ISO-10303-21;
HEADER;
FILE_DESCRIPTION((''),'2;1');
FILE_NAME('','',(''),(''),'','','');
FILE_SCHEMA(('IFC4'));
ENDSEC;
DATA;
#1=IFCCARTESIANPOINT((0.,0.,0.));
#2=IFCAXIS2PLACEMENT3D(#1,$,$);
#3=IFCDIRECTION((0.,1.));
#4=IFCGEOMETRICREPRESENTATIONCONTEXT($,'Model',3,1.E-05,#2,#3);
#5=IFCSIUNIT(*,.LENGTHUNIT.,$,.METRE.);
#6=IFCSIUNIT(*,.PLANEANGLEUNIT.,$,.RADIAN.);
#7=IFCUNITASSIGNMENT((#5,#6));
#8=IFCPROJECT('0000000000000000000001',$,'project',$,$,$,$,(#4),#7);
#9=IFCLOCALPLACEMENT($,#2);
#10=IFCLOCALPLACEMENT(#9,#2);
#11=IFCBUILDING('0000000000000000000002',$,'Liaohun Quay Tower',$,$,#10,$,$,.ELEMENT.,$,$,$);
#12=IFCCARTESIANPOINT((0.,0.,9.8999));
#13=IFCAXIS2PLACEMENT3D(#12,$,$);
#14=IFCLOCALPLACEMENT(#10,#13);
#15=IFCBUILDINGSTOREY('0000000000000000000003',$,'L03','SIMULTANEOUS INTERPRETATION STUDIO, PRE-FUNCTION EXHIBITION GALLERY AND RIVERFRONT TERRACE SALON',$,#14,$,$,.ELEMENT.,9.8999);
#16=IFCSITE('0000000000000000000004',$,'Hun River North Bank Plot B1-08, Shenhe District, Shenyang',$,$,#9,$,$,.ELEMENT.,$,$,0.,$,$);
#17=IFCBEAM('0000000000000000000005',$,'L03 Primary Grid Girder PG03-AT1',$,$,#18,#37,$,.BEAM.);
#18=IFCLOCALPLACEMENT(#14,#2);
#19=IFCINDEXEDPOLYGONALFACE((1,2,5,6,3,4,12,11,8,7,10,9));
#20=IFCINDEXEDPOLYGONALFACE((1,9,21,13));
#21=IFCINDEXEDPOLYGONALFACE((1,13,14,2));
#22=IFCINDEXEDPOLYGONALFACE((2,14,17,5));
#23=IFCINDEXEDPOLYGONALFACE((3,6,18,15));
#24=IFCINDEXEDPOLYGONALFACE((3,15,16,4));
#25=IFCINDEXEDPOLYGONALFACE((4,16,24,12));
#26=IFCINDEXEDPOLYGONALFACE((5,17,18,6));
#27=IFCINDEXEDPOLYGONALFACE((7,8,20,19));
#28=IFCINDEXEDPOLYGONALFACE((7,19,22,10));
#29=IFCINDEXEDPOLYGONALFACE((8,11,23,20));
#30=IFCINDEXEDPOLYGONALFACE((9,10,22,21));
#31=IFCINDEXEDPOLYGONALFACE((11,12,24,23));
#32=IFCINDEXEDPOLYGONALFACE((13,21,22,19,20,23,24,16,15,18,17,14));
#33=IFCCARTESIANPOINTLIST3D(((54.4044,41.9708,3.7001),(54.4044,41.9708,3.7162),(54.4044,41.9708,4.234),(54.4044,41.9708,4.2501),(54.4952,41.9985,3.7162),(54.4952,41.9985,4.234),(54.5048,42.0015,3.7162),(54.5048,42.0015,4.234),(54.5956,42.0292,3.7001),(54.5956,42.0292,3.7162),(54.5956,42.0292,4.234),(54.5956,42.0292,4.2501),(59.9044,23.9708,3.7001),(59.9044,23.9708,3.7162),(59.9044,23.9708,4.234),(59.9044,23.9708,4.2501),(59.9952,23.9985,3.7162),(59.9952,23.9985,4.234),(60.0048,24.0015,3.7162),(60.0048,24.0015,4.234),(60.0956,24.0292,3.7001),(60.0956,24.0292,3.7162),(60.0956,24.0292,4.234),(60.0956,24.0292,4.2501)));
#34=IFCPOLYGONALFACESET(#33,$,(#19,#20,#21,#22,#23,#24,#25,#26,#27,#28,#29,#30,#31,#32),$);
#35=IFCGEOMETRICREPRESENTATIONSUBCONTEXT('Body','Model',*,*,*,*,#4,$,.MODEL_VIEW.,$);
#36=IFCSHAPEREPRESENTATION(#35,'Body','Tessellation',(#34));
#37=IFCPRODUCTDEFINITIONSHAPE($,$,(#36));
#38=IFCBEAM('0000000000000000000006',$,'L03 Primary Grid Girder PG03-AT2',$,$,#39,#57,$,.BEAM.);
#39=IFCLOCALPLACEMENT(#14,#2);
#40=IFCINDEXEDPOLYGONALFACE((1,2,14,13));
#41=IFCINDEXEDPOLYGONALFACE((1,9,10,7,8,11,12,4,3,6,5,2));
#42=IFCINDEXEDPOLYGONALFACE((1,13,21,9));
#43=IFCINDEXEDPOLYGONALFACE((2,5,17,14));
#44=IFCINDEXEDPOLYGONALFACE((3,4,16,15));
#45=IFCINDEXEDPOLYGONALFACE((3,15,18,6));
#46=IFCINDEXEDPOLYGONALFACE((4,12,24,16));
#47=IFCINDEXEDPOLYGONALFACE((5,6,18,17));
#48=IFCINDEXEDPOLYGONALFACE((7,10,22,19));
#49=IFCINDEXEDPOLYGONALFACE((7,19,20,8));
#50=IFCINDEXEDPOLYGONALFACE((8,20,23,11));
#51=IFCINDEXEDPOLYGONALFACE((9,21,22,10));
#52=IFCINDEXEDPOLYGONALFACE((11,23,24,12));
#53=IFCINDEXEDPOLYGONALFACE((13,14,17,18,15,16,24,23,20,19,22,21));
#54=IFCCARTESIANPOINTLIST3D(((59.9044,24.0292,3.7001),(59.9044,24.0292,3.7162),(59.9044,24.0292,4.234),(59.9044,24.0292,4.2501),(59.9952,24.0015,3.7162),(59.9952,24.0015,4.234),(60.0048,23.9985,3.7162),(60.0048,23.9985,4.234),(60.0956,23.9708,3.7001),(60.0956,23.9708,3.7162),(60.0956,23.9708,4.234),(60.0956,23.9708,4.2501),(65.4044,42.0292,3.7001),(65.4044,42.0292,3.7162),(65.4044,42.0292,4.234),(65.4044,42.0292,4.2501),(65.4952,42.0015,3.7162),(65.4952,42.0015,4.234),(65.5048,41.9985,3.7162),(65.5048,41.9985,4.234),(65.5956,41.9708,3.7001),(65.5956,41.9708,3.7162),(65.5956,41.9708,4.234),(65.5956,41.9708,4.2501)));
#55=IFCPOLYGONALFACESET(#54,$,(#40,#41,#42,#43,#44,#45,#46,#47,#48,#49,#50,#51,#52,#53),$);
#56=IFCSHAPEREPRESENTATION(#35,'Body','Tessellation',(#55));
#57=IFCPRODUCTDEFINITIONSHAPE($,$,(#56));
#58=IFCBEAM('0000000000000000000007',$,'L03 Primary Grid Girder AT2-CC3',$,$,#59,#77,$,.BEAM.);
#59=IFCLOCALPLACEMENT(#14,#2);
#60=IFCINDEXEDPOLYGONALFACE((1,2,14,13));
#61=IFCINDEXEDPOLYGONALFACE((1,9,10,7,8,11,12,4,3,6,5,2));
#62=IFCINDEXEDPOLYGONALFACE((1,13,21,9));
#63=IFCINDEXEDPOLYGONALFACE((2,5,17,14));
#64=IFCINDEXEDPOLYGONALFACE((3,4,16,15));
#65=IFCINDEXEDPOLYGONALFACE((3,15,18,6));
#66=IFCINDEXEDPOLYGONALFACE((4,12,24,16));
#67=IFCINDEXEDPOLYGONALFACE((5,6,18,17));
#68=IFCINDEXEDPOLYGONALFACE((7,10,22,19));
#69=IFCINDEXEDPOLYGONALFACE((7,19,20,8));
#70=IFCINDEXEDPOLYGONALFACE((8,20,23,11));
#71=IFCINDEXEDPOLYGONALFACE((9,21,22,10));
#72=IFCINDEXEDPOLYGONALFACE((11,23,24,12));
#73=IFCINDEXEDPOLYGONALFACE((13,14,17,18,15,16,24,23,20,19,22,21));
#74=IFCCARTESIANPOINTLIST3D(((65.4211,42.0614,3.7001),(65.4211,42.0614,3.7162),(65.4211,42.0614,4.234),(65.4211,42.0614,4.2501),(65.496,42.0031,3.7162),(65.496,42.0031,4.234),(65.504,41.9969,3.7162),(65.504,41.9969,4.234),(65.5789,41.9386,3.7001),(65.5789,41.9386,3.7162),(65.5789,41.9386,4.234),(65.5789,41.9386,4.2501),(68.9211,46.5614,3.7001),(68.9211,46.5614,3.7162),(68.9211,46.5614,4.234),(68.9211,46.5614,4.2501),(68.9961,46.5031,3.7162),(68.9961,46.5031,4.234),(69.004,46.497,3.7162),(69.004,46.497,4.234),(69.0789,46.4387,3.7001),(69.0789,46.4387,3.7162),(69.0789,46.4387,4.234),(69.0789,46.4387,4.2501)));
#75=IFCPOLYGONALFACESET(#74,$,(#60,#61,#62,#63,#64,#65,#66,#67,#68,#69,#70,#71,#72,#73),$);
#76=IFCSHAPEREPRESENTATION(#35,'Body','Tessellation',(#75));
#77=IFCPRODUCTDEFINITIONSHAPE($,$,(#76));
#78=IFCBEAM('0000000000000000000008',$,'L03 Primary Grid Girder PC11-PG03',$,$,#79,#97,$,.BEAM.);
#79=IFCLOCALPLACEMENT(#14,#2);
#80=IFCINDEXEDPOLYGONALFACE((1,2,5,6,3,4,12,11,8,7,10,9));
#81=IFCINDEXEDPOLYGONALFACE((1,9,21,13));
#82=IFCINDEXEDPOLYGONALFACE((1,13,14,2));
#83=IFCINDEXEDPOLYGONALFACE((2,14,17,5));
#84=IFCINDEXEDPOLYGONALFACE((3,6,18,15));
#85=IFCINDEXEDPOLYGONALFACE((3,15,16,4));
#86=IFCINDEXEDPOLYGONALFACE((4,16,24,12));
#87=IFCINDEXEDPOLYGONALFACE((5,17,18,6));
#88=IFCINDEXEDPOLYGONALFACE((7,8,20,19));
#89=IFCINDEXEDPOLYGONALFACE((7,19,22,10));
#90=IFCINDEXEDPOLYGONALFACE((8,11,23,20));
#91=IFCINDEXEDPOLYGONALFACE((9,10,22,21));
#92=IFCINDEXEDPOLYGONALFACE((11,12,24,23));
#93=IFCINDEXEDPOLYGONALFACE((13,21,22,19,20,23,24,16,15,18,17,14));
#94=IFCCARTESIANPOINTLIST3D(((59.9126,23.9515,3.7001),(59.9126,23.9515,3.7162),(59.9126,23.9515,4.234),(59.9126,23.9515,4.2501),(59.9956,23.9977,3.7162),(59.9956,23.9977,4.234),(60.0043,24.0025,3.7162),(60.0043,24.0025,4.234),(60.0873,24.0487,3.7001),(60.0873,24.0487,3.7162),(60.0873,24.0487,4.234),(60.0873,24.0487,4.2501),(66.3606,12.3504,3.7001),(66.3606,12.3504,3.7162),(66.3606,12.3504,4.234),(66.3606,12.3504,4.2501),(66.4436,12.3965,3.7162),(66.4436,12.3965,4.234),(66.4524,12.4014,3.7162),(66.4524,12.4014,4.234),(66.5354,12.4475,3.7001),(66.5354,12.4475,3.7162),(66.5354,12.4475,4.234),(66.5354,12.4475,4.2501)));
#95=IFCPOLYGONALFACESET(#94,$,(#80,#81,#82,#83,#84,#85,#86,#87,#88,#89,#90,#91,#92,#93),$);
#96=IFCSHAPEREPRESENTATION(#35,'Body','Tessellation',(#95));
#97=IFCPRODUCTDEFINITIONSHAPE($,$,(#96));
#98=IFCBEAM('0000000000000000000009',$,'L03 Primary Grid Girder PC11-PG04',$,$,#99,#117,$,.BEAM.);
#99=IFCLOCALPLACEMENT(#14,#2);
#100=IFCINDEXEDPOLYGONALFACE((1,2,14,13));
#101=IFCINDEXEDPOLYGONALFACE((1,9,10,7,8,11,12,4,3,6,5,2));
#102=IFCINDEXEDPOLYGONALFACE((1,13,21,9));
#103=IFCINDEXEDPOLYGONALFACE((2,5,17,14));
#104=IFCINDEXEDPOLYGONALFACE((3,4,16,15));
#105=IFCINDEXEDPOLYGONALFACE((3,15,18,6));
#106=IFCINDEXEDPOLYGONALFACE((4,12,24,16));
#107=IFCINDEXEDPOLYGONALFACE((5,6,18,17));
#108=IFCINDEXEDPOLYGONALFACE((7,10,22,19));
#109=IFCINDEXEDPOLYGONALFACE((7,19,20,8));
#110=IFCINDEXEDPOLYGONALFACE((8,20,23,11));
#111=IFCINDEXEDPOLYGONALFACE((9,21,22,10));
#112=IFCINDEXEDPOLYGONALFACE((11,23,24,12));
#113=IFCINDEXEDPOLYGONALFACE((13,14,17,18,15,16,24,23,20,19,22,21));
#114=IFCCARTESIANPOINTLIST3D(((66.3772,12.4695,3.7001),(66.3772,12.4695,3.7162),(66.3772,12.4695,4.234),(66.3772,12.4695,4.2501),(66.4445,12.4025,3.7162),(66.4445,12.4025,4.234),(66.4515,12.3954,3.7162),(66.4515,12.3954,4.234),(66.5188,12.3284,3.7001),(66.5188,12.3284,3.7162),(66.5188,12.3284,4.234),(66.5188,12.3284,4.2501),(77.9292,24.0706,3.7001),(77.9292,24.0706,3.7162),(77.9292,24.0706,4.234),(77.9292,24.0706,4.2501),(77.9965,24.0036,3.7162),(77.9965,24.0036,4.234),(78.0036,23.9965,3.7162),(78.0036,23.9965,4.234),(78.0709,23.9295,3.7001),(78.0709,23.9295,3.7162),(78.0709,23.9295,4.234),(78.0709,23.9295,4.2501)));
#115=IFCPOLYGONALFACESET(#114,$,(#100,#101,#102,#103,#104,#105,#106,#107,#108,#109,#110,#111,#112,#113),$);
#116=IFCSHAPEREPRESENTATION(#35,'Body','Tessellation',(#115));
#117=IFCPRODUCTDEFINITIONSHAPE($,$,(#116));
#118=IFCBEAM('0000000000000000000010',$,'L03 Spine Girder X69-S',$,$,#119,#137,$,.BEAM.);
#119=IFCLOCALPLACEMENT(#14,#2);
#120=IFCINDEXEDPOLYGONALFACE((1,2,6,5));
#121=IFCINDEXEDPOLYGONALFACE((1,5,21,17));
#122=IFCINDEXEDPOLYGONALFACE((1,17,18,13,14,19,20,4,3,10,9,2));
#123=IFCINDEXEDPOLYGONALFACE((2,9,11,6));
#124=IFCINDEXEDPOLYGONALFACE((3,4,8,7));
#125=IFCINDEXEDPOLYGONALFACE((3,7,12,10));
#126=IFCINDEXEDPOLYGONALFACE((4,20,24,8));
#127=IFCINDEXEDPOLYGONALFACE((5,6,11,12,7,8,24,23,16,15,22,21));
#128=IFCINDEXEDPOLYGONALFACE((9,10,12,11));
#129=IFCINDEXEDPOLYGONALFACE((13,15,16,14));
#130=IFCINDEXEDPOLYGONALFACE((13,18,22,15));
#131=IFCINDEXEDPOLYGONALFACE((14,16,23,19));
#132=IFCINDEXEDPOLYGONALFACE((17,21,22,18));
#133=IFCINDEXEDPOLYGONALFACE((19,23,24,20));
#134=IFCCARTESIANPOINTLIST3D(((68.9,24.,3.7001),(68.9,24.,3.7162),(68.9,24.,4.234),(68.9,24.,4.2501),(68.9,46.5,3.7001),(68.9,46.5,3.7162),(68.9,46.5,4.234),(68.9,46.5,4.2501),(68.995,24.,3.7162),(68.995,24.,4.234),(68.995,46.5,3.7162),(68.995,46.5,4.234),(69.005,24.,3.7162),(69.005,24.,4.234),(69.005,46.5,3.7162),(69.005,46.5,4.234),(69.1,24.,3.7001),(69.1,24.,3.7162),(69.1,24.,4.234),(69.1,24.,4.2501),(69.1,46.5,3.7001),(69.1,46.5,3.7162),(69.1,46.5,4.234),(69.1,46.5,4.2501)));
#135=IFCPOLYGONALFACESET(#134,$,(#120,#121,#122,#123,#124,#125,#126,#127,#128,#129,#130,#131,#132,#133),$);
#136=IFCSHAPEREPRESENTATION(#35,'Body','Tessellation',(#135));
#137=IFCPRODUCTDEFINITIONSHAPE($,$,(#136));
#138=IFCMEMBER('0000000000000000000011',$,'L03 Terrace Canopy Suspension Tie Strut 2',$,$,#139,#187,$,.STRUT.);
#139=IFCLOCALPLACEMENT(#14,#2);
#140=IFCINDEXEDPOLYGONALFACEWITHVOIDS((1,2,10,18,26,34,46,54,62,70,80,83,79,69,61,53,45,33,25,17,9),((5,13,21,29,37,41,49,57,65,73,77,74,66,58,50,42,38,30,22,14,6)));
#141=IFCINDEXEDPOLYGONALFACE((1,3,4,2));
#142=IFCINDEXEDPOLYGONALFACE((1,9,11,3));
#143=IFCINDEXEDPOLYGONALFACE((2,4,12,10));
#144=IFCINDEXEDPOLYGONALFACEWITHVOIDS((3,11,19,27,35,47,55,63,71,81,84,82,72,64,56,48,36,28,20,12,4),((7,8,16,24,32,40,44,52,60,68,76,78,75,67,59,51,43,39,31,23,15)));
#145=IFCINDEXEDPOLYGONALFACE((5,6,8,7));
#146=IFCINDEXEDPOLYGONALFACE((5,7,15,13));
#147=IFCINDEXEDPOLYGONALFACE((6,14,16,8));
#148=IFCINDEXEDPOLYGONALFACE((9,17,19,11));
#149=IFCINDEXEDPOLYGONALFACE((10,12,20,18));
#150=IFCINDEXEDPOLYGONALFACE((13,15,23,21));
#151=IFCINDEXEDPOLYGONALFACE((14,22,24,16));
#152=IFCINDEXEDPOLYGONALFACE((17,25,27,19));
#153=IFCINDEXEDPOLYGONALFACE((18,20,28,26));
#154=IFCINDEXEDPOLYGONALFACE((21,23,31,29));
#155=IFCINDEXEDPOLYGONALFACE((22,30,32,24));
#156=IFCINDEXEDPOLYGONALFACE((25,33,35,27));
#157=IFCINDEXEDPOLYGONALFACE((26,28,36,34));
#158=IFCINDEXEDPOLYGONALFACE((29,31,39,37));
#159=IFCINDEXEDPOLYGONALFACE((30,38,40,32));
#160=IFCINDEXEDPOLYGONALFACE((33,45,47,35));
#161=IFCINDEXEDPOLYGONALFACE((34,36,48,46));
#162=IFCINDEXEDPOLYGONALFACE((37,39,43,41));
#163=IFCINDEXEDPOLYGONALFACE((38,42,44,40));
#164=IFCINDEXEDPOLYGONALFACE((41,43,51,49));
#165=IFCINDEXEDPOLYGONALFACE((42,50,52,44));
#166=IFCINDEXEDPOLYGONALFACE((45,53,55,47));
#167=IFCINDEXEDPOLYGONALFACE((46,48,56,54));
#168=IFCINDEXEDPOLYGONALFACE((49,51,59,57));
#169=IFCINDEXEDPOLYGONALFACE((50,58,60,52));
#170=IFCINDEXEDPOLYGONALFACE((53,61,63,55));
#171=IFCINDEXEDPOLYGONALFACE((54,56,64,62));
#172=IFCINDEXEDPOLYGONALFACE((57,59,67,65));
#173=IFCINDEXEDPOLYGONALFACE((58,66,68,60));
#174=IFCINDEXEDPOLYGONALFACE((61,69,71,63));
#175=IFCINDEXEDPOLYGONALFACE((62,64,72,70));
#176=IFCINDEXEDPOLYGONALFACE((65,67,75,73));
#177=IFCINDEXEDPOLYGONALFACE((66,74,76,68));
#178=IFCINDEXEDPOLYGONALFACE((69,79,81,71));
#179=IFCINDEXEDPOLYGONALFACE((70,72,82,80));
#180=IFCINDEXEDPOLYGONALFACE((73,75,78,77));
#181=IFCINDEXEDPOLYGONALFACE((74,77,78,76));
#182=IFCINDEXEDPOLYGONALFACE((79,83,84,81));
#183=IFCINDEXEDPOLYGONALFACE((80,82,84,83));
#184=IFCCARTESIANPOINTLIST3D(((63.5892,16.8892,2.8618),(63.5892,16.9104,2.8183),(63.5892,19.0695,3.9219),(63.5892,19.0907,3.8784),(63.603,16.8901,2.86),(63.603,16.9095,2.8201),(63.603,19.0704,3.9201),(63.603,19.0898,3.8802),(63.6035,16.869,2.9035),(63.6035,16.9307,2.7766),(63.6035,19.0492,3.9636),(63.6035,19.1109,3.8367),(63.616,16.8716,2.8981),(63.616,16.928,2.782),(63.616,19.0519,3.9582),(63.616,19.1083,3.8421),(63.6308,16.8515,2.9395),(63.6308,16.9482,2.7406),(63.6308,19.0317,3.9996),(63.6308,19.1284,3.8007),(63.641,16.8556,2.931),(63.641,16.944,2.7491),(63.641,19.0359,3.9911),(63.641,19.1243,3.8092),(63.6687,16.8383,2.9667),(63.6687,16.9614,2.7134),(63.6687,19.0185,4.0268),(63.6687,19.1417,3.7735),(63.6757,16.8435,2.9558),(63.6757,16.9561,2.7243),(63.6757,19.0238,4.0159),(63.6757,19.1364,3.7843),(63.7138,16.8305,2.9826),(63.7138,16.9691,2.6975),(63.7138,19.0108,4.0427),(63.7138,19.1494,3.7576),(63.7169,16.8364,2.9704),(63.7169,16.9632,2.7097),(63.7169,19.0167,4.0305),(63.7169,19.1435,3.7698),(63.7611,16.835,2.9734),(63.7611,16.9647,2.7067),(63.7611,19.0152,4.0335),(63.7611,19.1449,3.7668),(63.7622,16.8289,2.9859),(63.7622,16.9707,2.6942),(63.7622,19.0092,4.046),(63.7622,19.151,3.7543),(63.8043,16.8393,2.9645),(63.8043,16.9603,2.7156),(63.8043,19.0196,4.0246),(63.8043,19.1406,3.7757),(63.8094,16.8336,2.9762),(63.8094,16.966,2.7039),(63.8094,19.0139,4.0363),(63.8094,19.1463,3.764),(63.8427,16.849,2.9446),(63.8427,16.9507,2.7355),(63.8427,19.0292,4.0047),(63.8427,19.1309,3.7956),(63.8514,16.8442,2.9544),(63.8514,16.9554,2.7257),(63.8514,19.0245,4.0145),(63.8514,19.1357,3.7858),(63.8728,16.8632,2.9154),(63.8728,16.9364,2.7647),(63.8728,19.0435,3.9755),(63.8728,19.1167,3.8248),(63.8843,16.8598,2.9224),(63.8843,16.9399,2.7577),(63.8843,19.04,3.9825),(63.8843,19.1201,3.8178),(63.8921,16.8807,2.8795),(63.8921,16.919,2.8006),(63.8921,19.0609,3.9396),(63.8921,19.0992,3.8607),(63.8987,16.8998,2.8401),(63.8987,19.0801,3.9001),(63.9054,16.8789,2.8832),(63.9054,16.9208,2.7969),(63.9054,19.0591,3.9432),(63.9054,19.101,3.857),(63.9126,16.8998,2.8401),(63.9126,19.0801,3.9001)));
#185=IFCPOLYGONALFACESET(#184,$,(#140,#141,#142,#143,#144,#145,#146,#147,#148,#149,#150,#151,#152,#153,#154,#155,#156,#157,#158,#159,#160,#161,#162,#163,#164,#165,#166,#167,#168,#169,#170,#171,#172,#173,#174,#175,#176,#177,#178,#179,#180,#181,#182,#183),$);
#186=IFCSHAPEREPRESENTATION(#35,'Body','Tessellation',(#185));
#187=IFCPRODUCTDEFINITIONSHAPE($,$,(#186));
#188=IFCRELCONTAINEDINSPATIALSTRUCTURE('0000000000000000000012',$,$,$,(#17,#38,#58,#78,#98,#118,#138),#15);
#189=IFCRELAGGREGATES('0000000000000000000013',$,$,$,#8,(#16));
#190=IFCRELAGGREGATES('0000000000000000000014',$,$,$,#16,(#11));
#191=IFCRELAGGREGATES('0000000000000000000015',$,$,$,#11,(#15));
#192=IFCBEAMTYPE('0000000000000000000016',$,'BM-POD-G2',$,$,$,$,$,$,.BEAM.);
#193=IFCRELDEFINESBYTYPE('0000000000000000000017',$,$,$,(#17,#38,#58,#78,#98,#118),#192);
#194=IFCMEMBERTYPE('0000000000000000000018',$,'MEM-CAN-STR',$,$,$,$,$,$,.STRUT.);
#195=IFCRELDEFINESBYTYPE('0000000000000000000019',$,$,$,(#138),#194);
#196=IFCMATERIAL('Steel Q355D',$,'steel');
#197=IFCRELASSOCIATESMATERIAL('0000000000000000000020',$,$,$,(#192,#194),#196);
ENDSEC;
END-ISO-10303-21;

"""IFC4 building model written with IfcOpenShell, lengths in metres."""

from ifc_helpers import new_model, si_unit, direction, frame, origin, origin_2d, place, context, subcontext, project, spatial, hollow_circle, i_section, extrude, source, transform, mapped, material, material_profile, profile_set, type_object, element, save


model = new_model("IFC4")

# Units and contexts
model_context = context("Model", 3, precision=1e-05, world=origin(), true_north=direction((0.0, 1.0)))
body_context = subcontext(model_context, "Body", "Model", "MODEL_VIEW")
ifc_project = project(units=[si_unit("LENGTHUNIT", "METRE"), si_unit("PLANEANGLEUNIT", "RADIAN")], contexts=[model_context])

# Site, building, storey
site_placement = place(None, origin())
site = spatial("IfcSite", under=ifc_project, at=site_placement, Name="Hun River North Bank Plot B1-08, Shenhe District, Shenyang", CompositionType="ELEMENT", RefElevation=0.0)
building_placement = place(site_placement, origin())
building = spatial("IfcBuilding", under=site, at=building_placement, Name="Liaohun Quay Tower", CompositionType="ELEMENT")
storey_placement = place(building_placement, frame((0.0, 0.0, 9.8999)))
storey = spatial("IfcBuildingStorey", under=building, at=storey_placement, Name="L03", Description="SIMULTANEOUS INTERPRETATION STUDIO, PRE-FUNCTION EXHIBITION GALLERY AND RIVERFRONT TERRACE SALON", CompositionType="ELEMENT", Elevation=9.8999)

# Shared definitions
ifc_material_1 = material(Name="Steel Q355D", Category="steel")

# Beams
ifc_material_profile_1 = material_profile(ifc_material_1, i_section(OverallWidth=0.2, OverallDepth=0.55, WebThickness=0.01, FlangeThickness=0.0161, at=origin_2d()), Name="HN550x200x10x16")
ifc_profile_set_1 = profile_set([ifc_material_profile_1], Name="Steel Q355D")
beam_type_1 = type_object("IfcBeamType", Name="BM-POD-G2", PredefinedType="BEAM", material=ifc_profile_set_1)
shared_shape_1 = source(origin(), body_context, "Body", "SweptSolid", [
    extrude(i_section(OverallWidth=0.2, OverallDepth=0.55, WebThickness=0.01, FlangeThickness=0.0161, at=origin_2d()), origin(), (0.0, 0.0, 1.0), 18.8215),
])
for number, where, z_axis, x_axis, name in (
    (1, (60.0, 24.0, 3.9751), (-0.292219, 0.956352, 0.0), (-0.956352, -0.292219, 0.0), "L03 Primary Grid Girder PG03-AT1"),
    (2, (60.0, 24.0, 3.9751), (0.292219, 0.956352, 0.0), (-0.956352, 0.292219, 0.0), "L03 Primary Grid Girder PG03-AT2"),
):
    element("IfcBeam", number, at=place(storey_placement, frame(where, z_axis=z_axis, x_axis=x_axis)), inside=storey, type_object=beam_type_1, Name=name, PredefinedType="BEAM", context=body_context, shape_type="MappedRepresentation", body=[
        mapped(shared_shape_1, transform((0.0, 0.0, 0.0), x_axis=(1.0, 0.0, 0.0), y_axis=(0.0, 1.0, 0.0), z_axis=(0.0, 0.0, 1.0), scale=1.0)),
    ])
shared_shape_2 = source(origin(), body_context, "Body", "SweptSolid", [
    extrude(i_section(OverallWidth=0.2, OverallDepth=0.55, WebThickness=0.01, FlangeThickness=0.0161, at=origin_2d()), origin(), (0.0, 0.0, 1.0), 5.7009),
])
beam_1_placement = place(storey_placement, frame((65.5, 42.0, 3.9751), z_axis=(0.613941, 0.789352, 0.0), x_axis=(-0.789352, 0.613941, 0.0)))
element("IfcBeam", 3, at=beam_1_placement, inside=storey, type_object=beam_type_1, Name="L03 Primary Grid Girder AT2-CC3", PredefinedType="BEAM", context=body_context, shape_type="MappedRepresentation", body=[
    mapped(shared_shape_2, transform((0.0, 0.0, 0.0), x_axis=(1.0, 0.0, 0.0), y_axis=(0.0, 1.0, 0.0), z_axis=(0.0, 0.0, 1.0), scale=1.0)),
])
shared_shape_3 = source(origin(), body_context, "Body", "SweptSolid", [
    extrude(i_section(OverallWidth=0.2, OverallDepth=0.55, WebThickness=0.01, FlangeThickness=0.0161, at=origin_2d()), origin(), (0.0, 0.0, 1.0), 13.2727),
])
beam_2_placement = place(storey_placement, frame((66.448, 12.3989, 3.9751), z_axis=(-0.485813, 0.874063, 0.0), x_axis=(-0.874063, -0.485813, 0.0)))
element("IfcBeam", 4, at=beam_2_placement, inside=storey, type_object=beam_type_1, Name="L03 Primary Grid Girder PC11-PG03", PredefinedType="BEAM", context=body_context, shape_type="MappedRepresentation", body=[
    mapped(shared_shape_3, transform((0.0, 0.0, 0.0), x_axis=(1.0, 0.0, 0.0), y_axis=(0.0, 1.0, 0.0), z_axis=(0.0, 0.0, 1.0), scale=1.0)),
])
shared_shape_4 = source(origin(), body_context, "Body", "SweptSolid", [
    extrude(i_section(OverallWidth=0.2, OverallDepth=0.55, WebThickness=0.01, FlangeThickness=0.0161, at=origin_2d()), origin(), (0.0, 0.0, 1.0), 16.3718),
])
beam_3_placement = place(storey_placement, frame((66.448, 12.3989, 3.9751), z_axis=(0.705607, 0.708604, 0.0), x_axis=(-0.708604, 0.705607, 0.0)))
element("IfcBeam", 5, at=beam_3_placement, inside=storey, type_object=beam_type_1, Name="L03 Primary Grid Girder PC11-PG04", PredefinedType="BEAM", context=body_context, shape_type="MappedRepresentation", body=[
    mapped(shared_shape_4, transform((0.0, 0.0, 0.0), x_axis=(1.0, 0.0, 0.0), y_axis=(0.0, 1.0, 0.0), z_axis=(0.0, 0.0, 1.0), scale=1.0)),
])
shared_shape_5 = source(origin(), body_context, "Body", "SweptSolid", [
    extrude(i_section(OverallWidth=0.2, OverallDepth=0.55, WebThickness=0.01, FlangeThickness=0.0161, at=origin_2d()), origin(), (0.0, 0.0, 1.0), 22.5),
])
beam_4_placement = place(storey_placement, frame((69.0, 24.0, 3.9751), z_axis=(0.0, 1.0, 0.0), x_axis=(-1.0, 0.0, 0.0)))
element("IfcBeam", 6, at=beam_4_placement, inside=storey, type_object=beam_type_1, Name="L03 Spine Girder X69-S", PredefinedType="BEAM", context=body_context, shape_type="MappedRepresentation", body=[
    mapped(shared_shape_5, transform((0.0, 0.0, 0.0), x_axis=(1.0, 0.0, 0.0), y_axis=(0.0, 1.0, 0.0), z_axis=(0.0, 0.0, 1.0), scale=1.0)),
])

# Member
ifc_material_profile_2 = material_profile(ifc_material_1, hollow_circle(Radius=0.1626, WallThickness=0.0139, at=origin_2d()), Name="CHS325x14")
ifc_profile_set_2 = profile_set([ifc_material_profile_2], Name="Steel Q355D")
member_type = type_object("IfcMemberType", Name="MEM-CAN-STR", PredefinedType="STRUT", material=ifc_profile_set_2)
shared_shape_6 = source(origin(), body_context, "Body", "SweptSolid", [
    extrude(hollow_circle(Radius=0.1626, WallThickness=0.0139, at=origin_2d()), origin(), (0.0, 0.0, 1.0), 2.4243),
])
member_placement = place(storey_placement, frame((63.75, 19.0801, 3.9001), z_axis=(0.0, -0.899327, -0.437276), x_axis=(1.0, 0.0, 0.0)))
element("IfcMember", 7, at=member_placement, inside=storey, type_object=member_type, Name="L03 Terrace Canopy Suspension Tie Strut 2", PredefinedType="STRUT", context=body_context, shape_type="MappedRepresentation", body=[
    mapped(shared_shape_6, transform((0.0, 0.0, 0.0), x_axis=(1.0, 0.0, 0.0), y_axis=(0.0, 1.0, 0.0), z_axis=(0.0, 0.0, 1.0), scale=1.0)),
])

save(model, "model.ifc")
